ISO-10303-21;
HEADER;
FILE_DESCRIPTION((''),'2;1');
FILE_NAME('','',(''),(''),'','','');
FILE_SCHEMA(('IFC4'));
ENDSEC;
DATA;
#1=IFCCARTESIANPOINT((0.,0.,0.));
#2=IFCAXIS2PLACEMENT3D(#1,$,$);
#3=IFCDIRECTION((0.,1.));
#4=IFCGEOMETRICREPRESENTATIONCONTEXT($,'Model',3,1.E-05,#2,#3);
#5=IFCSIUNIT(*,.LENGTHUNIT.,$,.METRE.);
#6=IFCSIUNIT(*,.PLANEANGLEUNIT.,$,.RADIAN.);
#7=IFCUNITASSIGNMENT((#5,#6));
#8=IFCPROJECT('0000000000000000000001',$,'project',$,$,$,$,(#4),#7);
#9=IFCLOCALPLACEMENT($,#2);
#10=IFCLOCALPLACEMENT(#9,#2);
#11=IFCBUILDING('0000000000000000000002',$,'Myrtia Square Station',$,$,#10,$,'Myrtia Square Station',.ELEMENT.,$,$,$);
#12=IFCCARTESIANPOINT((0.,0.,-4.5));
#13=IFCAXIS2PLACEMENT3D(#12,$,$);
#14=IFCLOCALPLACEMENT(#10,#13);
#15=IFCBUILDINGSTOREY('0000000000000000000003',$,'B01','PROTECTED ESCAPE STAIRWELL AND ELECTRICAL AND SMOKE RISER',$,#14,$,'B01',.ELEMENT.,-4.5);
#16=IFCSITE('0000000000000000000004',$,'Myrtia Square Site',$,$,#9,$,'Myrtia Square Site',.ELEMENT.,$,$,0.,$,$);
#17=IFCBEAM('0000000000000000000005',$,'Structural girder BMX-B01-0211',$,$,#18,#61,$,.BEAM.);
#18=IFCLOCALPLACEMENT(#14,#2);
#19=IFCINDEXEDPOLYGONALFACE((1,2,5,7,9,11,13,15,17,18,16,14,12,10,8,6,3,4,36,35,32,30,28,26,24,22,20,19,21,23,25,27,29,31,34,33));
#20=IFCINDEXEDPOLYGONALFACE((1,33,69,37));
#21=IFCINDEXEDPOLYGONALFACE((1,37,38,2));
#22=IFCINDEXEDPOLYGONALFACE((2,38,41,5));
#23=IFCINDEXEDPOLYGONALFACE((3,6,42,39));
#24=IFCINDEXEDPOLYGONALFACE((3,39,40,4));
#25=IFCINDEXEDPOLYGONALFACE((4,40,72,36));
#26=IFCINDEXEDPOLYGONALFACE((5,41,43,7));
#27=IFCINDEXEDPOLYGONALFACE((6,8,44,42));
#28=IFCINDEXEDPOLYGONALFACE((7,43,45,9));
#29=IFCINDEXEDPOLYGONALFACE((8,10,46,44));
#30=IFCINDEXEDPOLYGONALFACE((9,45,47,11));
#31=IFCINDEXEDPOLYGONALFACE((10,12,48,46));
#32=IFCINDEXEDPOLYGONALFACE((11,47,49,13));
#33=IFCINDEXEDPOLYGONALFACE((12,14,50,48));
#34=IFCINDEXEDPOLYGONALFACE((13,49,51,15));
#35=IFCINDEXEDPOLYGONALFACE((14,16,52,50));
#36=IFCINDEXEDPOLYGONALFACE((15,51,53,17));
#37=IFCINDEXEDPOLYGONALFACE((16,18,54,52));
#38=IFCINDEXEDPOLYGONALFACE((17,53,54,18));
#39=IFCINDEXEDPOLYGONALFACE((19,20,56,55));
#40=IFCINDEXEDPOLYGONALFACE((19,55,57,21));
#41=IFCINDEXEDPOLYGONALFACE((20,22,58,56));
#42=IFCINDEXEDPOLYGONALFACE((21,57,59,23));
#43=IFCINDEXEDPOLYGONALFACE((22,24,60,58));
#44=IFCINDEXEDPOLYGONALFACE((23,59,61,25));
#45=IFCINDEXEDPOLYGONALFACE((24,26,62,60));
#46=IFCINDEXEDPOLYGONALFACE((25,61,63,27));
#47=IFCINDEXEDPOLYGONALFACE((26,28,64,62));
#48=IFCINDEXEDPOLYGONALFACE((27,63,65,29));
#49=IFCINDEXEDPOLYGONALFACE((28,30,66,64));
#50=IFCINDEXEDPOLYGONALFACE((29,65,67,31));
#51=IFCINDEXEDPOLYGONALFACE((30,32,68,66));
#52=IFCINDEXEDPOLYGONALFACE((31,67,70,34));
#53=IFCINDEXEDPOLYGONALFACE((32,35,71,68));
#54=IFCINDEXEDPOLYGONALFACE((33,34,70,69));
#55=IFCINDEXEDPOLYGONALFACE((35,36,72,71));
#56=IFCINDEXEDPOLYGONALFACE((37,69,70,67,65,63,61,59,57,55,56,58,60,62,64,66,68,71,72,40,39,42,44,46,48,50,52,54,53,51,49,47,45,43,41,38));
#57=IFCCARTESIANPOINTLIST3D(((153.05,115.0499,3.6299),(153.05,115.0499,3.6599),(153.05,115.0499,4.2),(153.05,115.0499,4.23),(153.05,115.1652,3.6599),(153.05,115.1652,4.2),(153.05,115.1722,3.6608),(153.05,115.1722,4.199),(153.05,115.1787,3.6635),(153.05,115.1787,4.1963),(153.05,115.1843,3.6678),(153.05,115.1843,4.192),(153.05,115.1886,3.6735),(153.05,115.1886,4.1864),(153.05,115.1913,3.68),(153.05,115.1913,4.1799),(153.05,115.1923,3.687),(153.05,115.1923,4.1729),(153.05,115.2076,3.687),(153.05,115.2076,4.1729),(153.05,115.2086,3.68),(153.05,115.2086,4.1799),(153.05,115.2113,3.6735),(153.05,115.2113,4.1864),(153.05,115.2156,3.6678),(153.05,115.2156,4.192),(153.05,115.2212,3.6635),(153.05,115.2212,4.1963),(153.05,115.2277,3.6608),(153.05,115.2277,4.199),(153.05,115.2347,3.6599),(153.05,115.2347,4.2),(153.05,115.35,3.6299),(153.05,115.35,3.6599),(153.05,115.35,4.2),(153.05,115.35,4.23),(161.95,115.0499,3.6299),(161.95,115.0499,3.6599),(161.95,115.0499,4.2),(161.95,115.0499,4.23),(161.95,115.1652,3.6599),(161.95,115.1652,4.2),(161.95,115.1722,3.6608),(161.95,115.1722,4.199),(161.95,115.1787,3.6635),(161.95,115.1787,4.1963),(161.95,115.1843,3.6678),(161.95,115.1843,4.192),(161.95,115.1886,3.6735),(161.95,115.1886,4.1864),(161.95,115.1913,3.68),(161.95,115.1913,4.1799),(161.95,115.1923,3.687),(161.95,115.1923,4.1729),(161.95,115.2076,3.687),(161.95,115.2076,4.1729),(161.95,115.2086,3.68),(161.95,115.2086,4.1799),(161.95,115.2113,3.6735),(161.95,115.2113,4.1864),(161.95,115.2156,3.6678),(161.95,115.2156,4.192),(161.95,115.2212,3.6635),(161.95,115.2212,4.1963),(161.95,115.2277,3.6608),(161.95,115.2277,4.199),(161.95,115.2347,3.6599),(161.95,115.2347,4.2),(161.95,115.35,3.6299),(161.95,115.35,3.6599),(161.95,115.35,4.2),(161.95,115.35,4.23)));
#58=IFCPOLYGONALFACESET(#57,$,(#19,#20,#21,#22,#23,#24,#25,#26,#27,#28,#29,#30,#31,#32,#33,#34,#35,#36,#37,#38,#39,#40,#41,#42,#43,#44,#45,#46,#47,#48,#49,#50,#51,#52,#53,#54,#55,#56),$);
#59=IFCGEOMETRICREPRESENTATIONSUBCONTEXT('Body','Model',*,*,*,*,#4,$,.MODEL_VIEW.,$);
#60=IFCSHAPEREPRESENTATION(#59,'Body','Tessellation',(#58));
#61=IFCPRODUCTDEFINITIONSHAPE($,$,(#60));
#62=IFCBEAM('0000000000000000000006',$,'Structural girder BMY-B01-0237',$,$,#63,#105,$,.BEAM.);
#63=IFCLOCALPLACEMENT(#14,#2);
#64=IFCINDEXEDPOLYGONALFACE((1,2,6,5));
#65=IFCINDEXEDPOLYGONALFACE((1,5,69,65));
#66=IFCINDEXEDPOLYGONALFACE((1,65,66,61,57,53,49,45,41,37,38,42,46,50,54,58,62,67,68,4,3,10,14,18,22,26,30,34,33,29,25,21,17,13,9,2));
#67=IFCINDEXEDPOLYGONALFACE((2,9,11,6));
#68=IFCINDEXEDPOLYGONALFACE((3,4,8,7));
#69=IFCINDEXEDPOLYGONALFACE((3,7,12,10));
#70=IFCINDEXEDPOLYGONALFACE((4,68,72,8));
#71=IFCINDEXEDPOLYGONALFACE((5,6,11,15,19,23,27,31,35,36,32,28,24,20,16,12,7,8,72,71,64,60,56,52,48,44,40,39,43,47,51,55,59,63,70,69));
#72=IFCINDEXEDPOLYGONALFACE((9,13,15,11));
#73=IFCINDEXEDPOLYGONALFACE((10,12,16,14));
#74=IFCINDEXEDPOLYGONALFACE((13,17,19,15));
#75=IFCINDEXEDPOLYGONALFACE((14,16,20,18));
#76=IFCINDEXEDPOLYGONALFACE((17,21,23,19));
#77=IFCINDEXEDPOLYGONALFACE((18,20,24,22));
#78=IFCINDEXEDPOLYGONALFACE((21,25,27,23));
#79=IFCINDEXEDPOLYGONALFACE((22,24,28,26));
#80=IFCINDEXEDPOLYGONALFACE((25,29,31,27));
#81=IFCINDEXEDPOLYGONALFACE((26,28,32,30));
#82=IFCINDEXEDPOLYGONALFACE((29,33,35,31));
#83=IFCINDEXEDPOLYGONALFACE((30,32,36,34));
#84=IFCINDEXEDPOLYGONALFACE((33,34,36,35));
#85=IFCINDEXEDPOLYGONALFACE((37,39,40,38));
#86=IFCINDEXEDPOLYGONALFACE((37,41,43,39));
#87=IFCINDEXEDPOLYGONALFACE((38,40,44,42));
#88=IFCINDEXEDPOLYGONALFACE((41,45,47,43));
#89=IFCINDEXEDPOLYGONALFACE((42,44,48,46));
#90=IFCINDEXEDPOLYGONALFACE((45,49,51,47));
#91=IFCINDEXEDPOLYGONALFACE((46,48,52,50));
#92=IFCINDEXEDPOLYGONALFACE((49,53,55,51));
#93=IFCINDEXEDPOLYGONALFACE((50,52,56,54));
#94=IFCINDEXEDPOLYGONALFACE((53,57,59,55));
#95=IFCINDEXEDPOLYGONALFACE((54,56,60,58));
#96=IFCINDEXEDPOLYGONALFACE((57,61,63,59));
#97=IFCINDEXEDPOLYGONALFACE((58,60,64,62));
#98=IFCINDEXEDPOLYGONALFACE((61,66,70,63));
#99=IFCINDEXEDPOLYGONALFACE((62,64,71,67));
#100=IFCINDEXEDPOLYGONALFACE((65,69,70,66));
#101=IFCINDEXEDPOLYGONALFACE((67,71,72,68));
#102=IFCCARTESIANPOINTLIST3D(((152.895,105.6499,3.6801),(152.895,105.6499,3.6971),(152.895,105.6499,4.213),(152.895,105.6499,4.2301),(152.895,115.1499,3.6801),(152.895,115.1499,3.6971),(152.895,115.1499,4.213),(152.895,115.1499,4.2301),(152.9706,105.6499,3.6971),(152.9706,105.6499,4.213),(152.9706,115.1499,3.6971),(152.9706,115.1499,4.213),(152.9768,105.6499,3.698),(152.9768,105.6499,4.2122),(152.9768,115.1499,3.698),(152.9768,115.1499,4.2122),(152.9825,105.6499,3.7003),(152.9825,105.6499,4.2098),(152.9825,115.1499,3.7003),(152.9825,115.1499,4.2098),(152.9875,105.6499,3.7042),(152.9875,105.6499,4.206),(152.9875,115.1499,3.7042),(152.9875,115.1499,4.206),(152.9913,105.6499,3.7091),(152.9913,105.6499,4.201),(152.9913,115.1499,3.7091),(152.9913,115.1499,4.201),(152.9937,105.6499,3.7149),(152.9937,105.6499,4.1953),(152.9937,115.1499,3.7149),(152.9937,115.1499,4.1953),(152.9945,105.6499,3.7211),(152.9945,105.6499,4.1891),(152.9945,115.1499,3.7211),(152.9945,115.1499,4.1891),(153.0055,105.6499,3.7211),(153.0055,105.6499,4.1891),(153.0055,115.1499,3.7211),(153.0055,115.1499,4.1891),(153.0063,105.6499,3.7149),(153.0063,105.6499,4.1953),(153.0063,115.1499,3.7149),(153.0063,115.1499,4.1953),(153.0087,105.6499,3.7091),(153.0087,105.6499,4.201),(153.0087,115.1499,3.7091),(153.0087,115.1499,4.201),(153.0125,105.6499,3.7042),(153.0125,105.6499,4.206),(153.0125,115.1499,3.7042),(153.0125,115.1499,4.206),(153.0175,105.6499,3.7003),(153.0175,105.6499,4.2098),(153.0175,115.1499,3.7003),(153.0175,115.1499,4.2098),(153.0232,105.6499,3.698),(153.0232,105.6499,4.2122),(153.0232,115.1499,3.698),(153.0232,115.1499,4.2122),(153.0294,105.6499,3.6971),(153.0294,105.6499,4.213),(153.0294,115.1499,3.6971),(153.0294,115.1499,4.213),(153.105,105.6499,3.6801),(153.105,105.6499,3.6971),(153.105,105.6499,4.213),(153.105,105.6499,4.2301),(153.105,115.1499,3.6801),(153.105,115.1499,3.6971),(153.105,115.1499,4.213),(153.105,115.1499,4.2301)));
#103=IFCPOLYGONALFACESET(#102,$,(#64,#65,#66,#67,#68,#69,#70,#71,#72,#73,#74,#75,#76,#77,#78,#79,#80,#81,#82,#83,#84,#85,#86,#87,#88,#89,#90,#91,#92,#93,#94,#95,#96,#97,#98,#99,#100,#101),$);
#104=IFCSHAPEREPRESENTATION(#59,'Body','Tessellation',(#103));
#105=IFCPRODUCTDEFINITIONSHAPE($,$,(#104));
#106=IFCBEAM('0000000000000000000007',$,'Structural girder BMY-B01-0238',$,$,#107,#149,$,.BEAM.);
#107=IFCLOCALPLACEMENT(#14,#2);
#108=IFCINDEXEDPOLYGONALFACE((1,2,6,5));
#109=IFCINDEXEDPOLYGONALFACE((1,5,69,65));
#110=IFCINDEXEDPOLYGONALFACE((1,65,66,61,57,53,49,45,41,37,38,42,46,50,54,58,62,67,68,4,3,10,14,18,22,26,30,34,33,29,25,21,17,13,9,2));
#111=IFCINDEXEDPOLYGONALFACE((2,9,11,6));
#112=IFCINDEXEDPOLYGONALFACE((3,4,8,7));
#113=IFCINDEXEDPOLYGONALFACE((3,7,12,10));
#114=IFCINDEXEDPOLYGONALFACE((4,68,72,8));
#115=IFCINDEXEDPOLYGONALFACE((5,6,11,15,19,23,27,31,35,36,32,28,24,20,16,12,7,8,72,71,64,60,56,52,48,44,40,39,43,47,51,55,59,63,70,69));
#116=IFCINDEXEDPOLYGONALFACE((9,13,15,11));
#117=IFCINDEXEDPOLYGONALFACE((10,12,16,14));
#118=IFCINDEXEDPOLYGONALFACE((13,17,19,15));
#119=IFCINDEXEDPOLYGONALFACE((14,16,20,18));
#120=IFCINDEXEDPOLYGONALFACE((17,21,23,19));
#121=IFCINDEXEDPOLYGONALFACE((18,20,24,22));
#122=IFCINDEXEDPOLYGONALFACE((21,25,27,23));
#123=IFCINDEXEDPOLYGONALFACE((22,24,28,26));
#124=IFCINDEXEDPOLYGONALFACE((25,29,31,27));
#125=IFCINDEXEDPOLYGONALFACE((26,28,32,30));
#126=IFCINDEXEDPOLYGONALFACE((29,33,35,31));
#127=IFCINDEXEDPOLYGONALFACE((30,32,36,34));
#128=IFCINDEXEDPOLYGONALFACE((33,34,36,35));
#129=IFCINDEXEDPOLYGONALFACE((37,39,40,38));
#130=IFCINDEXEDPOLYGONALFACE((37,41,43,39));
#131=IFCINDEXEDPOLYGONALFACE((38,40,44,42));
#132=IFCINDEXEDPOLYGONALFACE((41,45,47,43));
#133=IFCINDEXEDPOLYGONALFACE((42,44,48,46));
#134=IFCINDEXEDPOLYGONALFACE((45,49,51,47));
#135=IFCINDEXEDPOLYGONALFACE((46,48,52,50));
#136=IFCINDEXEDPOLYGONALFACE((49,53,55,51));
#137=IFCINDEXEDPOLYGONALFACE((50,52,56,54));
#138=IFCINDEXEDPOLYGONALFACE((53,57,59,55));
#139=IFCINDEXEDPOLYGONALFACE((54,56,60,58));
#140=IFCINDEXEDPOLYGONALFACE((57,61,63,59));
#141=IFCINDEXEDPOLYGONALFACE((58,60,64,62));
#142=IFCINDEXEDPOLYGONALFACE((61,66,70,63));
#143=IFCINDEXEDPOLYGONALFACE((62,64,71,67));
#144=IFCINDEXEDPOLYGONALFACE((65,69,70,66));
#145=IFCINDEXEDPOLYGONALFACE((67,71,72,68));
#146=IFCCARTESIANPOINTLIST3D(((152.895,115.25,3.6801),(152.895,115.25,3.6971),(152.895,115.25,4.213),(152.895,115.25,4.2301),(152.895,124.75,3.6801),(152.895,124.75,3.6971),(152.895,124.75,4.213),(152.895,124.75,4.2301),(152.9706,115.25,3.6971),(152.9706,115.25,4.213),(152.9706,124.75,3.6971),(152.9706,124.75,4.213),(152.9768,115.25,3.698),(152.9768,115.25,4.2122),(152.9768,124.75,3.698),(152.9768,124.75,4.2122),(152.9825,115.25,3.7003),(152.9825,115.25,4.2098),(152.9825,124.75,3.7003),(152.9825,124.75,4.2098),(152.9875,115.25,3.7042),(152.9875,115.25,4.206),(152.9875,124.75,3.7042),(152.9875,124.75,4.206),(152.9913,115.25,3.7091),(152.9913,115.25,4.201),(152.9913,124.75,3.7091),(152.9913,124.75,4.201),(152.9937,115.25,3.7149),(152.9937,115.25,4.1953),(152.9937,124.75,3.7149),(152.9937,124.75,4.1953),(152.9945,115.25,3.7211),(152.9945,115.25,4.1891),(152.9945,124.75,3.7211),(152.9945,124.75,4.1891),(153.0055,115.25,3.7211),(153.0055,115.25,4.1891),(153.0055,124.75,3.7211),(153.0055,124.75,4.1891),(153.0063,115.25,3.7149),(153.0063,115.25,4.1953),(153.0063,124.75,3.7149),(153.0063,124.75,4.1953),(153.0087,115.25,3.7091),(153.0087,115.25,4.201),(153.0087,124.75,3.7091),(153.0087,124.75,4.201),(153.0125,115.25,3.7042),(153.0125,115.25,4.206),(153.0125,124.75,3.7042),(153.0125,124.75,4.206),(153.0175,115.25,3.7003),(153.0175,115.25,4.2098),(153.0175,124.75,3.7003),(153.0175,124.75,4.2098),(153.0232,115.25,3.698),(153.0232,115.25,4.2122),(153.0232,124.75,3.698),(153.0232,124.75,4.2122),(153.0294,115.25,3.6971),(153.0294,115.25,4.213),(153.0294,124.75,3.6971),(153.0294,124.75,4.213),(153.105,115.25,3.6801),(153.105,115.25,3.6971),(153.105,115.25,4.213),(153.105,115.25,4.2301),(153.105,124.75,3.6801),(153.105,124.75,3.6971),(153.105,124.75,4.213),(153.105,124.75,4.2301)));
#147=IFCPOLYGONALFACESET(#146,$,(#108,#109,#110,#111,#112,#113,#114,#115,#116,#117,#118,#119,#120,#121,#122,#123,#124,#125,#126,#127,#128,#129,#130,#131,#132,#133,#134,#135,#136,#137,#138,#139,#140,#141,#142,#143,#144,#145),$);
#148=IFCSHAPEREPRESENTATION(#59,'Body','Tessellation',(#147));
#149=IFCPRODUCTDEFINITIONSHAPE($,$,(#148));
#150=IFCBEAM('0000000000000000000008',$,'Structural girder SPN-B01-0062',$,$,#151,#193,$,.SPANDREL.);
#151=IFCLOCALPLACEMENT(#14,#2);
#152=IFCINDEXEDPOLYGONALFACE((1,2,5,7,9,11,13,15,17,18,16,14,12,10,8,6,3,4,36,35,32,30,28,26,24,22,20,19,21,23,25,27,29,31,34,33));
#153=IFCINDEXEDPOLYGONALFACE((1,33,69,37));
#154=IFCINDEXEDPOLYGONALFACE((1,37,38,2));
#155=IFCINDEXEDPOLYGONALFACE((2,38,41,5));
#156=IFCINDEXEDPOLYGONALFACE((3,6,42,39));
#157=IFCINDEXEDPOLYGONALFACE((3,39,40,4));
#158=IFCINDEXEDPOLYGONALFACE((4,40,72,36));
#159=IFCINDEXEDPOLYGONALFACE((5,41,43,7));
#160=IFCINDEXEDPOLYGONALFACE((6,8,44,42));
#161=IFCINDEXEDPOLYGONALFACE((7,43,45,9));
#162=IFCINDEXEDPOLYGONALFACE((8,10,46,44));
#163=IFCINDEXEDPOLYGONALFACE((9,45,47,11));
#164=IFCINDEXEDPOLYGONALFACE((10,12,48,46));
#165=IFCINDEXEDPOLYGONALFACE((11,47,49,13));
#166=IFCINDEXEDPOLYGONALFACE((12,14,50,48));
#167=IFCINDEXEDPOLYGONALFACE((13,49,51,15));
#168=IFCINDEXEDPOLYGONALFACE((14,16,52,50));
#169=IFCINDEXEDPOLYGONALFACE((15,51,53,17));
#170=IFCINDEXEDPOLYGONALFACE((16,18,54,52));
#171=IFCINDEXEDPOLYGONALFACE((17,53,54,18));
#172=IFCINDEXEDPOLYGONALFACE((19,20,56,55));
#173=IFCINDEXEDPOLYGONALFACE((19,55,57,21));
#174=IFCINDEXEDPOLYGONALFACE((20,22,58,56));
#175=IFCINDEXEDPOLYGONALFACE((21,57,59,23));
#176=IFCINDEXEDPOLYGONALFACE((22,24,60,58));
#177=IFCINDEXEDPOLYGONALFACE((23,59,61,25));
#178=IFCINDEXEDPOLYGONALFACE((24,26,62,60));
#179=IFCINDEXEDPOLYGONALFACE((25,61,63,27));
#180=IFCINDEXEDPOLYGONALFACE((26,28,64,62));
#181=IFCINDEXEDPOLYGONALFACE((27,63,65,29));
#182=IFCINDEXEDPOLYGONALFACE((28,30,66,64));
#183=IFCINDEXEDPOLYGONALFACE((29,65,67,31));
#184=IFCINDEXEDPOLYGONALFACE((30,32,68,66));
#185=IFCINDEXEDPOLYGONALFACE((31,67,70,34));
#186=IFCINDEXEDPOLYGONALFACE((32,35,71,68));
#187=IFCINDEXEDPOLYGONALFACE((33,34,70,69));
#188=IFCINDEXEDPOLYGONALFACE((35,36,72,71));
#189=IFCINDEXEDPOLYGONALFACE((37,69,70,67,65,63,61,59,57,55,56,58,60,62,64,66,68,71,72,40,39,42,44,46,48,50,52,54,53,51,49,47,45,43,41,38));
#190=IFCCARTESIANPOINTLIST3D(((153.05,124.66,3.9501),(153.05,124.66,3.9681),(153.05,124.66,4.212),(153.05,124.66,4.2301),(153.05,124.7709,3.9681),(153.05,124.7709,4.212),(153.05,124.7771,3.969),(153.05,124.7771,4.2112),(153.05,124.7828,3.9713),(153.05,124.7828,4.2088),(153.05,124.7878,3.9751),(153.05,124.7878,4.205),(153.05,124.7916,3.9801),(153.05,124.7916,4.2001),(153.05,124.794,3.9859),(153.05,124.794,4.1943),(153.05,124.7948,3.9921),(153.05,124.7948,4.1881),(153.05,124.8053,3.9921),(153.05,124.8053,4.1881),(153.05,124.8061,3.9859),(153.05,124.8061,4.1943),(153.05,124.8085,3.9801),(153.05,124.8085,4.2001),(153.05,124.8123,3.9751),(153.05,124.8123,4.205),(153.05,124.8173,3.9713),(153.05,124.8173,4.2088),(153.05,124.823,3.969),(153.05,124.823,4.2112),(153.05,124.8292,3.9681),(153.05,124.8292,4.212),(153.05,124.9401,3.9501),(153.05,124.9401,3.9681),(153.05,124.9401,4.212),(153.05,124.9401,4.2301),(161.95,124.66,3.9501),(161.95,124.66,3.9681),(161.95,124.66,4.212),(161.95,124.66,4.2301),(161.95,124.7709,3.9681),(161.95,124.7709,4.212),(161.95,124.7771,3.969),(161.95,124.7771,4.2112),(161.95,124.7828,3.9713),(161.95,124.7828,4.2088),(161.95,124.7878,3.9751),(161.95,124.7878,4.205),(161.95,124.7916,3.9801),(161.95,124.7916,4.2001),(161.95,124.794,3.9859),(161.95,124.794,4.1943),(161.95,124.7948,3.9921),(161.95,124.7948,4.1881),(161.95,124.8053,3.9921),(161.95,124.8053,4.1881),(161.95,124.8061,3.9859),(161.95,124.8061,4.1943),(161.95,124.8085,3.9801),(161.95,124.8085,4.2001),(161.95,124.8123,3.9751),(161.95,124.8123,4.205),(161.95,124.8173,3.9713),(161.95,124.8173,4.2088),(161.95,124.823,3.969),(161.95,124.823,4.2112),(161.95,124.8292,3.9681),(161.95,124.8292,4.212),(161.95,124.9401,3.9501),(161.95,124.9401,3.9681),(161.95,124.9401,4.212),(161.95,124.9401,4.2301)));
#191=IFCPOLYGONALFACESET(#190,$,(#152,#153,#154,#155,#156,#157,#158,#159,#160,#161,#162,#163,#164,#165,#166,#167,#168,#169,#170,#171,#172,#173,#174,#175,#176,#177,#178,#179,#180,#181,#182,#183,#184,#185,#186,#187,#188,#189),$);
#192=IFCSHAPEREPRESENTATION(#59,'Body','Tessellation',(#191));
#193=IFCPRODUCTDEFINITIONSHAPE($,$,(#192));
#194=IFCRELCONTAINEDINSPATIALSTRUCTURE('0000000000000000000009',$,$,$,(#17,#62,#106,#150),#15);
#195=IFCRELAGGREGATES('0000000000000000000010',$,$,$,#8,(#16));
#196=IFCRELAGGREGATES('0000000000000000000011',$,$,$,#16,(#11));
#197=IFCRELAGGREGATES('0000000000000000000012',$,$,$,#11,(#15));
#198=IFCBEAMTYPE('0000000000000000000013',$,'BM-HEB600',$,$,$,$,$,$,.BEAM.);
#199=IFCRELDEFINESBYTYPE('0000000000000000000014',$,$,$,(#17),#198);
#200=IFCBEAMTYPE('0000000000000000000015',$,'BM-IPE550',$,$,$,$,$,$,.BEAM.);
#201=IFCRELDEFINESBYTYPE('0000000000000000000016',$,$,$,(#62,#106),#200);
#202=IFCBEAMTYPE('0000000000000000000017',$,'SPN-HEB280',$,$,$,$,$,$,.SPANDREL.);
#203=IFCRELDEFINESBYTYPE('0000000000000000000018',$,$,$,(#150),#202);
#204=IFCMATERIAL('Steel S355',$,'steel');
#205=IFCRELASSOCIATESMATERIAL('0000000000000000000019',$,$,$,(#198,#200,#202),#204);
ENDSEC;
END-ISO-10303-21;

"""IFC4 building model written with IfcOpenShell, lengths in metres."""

from ifc_helpers import new_model, si_unit, direction, frame, origin, origin_2d, place, context, subcontext, project, spatial, i_section, extrude, material, material_profile, profile_set, type_object, element, save


model = new_model("IFC4")

# Units and contexts
model_context = context("Model", 3, precision=1e-05, world=origin(), true_north=direction((0.0, 1.0)))
body_context = subcontext(model_context, "Body", "Model", "MODEL_VIEW")
ifc_project = project(units=[si_unit("LENGTHUNIT", "METRE"), si_unit("PLANEANGLEUNIT", "RADIAN")], contexts=[model_context])

# Site, building, storey
site_placement = place(None, origin())
site = spatial("IfcSite", under=ifc_project, at=site_placement, Name="Myrtia Square Site", LongName="Myrtia Square Site", CompositionType="ELEMENT", RefElevation=0.0)
building_placement = place(site_placement, origin())
building = spatial("IfcBuilding", under=site, at=building_placement, Name="Myrtia Square Station", LongName="Myrtia Square Station", CompositionType="ELEMENT")
storey_placement = place(building_placement, frame((0.0, 0.0, -4.5)))
storey = spatial("IfcBuildingStorey", under=building, at=storey_placement, Name="B01", Description="PROTECTED ESCAPE STAIRWELL AND ELECTRICAL AND SMOKE RISER", LongName="B01", CompositionType="ELEMENT", Elevation=-4.5)

# Shared definitions
ifc_material_1 = material(Name="Steel S355", Category="steel")

# Beams
ifc_material_profile_1 = material_profile(ifc_material_1, i_section(OverallWidth=0.3, OverallDepth=0.6001, WebThickness=0.0154, FlangeThickness=0.03, FilletRadius=0.0271, at=origin_2d()), Name="HEB 600")
ifc_profile_set_1 = profile_set([ifc_material_profile_1], Name="Steel S355")
beam_type_1 = type_object("IfcBeamType", Name="BM-HEB600", PredefinedType="BEAM", material=ifc_profile_set_1)
beam_1_placement = place(storey_placement, frame((153.05, 115.2, 3.9299), z_axis=(1.0, 0.0, 0.0), x_axis=(0.0, 1.0, 0.0)))
element("IfcBeam", 1, at=beam_1_placement, inside=storey, type_object=beam_type_1, Name="Structural girder BMX-B01-0211", PredefinedType="BEAM", context=body_context, shape_type="SweptSolid", body=[
    extrude(i_section(OverallWidth=0.3, OverallDepth=0.6001, WebThickness=0.0154, FlangeThickness=0.03, FilletRadius=0.0271, at=origin_2d()), origin(), (0.0, 0.0, 1.0), 8.8999),
])
ifc_material_profile_2 = material_profile(ifc_material_1, i_section(OverallWidth=0.21, OverallDepth=0.55, WebThickness=0.011, FlangeThickness=0.0171, FilletRadius=0.0239, at=origin_2d()), Name="IPE 550")
ifc_profile_set_2 = profile_set([ifc_material_profile_2], Name="Steel S355")
beam_type_2 = type_object("IfcBeamType", Name="BM-IPE550", PredefinedType="BEAM", material=ifc_profile_set_2)
for number, where, z_axis, x_axis, name in (
    (2, (153.0, 105.6499, 3.9551), (0.0, 1.0, 0.0), (-1.0, 0.0, 0.0), "Structural girder BMY-B01-0237"),
    (3, (153.0, 115.25, 3.9551), (0.0, 1.0, 0.0), (-1.0, 0.0, 0.0), "Structural girder BMY-B01-0238"),
):
    element("IfcBeam", number, at=place(storey_placement, frame(where, z_axis=z_axis, x_axis=x_axis)), inside=storey, type_object=beam_type_2, Name=name, PredefinedType="BEAM", context=body_context, shape_type="SweptSolid", body=[
        extrude(i_section(OverallWidth=0.21, OverallDepth=0.55, WebThickness=0.011, FlangeThickness=0.0171, FilletRadius=0.0239, at=origin_2d()), origin(), (0.0, 0.0, 1.0), 9.5),
    ])
ifc_material_profile_3 = material_profile(ifc_material_1, i_section(OverallWidth=0.28, OverallDepth=0.28, WebThickness=0.0105, FlangeThickness=0.0181, FilletRadius=0.0239, at=origin_2d()), Name="HEB 280")
ifc_profile_set_3 = profile_set([ifc_material_profile_3], Name="Steel S355")
beam_type_3 = type_object("IfcBeamType", Name="SPN-HEB280", PredefinedType="SPANDREL", material=ifc_profile_set_3)
beam_2_placement = place(storey_placement, frame((153.05, 124.8, 4.0901), z_axis=(1.0, 0.0, 0.0), x_axis=(0.0, 1.0, 0.0)))
element("IfcBeam", 4, at=beam_2_placement, inside=storey, type_object=beam_type_3, Name="Structural girder SPN-B01-0062", PredefinedType="SPANDREL", context=body_context, shape_type="SweptSolid", body=[
    extrude(i_section(OverallWidth=0.28, OverallDepth=0.28, WebThickness=0.0105, FlangeThickness=0.0181, FilletRadius=0.0239, at=origin_2d()), origin(), (0.0, 0.0, 1.0), 8.8999),
])

save(model, "model.ifc")
